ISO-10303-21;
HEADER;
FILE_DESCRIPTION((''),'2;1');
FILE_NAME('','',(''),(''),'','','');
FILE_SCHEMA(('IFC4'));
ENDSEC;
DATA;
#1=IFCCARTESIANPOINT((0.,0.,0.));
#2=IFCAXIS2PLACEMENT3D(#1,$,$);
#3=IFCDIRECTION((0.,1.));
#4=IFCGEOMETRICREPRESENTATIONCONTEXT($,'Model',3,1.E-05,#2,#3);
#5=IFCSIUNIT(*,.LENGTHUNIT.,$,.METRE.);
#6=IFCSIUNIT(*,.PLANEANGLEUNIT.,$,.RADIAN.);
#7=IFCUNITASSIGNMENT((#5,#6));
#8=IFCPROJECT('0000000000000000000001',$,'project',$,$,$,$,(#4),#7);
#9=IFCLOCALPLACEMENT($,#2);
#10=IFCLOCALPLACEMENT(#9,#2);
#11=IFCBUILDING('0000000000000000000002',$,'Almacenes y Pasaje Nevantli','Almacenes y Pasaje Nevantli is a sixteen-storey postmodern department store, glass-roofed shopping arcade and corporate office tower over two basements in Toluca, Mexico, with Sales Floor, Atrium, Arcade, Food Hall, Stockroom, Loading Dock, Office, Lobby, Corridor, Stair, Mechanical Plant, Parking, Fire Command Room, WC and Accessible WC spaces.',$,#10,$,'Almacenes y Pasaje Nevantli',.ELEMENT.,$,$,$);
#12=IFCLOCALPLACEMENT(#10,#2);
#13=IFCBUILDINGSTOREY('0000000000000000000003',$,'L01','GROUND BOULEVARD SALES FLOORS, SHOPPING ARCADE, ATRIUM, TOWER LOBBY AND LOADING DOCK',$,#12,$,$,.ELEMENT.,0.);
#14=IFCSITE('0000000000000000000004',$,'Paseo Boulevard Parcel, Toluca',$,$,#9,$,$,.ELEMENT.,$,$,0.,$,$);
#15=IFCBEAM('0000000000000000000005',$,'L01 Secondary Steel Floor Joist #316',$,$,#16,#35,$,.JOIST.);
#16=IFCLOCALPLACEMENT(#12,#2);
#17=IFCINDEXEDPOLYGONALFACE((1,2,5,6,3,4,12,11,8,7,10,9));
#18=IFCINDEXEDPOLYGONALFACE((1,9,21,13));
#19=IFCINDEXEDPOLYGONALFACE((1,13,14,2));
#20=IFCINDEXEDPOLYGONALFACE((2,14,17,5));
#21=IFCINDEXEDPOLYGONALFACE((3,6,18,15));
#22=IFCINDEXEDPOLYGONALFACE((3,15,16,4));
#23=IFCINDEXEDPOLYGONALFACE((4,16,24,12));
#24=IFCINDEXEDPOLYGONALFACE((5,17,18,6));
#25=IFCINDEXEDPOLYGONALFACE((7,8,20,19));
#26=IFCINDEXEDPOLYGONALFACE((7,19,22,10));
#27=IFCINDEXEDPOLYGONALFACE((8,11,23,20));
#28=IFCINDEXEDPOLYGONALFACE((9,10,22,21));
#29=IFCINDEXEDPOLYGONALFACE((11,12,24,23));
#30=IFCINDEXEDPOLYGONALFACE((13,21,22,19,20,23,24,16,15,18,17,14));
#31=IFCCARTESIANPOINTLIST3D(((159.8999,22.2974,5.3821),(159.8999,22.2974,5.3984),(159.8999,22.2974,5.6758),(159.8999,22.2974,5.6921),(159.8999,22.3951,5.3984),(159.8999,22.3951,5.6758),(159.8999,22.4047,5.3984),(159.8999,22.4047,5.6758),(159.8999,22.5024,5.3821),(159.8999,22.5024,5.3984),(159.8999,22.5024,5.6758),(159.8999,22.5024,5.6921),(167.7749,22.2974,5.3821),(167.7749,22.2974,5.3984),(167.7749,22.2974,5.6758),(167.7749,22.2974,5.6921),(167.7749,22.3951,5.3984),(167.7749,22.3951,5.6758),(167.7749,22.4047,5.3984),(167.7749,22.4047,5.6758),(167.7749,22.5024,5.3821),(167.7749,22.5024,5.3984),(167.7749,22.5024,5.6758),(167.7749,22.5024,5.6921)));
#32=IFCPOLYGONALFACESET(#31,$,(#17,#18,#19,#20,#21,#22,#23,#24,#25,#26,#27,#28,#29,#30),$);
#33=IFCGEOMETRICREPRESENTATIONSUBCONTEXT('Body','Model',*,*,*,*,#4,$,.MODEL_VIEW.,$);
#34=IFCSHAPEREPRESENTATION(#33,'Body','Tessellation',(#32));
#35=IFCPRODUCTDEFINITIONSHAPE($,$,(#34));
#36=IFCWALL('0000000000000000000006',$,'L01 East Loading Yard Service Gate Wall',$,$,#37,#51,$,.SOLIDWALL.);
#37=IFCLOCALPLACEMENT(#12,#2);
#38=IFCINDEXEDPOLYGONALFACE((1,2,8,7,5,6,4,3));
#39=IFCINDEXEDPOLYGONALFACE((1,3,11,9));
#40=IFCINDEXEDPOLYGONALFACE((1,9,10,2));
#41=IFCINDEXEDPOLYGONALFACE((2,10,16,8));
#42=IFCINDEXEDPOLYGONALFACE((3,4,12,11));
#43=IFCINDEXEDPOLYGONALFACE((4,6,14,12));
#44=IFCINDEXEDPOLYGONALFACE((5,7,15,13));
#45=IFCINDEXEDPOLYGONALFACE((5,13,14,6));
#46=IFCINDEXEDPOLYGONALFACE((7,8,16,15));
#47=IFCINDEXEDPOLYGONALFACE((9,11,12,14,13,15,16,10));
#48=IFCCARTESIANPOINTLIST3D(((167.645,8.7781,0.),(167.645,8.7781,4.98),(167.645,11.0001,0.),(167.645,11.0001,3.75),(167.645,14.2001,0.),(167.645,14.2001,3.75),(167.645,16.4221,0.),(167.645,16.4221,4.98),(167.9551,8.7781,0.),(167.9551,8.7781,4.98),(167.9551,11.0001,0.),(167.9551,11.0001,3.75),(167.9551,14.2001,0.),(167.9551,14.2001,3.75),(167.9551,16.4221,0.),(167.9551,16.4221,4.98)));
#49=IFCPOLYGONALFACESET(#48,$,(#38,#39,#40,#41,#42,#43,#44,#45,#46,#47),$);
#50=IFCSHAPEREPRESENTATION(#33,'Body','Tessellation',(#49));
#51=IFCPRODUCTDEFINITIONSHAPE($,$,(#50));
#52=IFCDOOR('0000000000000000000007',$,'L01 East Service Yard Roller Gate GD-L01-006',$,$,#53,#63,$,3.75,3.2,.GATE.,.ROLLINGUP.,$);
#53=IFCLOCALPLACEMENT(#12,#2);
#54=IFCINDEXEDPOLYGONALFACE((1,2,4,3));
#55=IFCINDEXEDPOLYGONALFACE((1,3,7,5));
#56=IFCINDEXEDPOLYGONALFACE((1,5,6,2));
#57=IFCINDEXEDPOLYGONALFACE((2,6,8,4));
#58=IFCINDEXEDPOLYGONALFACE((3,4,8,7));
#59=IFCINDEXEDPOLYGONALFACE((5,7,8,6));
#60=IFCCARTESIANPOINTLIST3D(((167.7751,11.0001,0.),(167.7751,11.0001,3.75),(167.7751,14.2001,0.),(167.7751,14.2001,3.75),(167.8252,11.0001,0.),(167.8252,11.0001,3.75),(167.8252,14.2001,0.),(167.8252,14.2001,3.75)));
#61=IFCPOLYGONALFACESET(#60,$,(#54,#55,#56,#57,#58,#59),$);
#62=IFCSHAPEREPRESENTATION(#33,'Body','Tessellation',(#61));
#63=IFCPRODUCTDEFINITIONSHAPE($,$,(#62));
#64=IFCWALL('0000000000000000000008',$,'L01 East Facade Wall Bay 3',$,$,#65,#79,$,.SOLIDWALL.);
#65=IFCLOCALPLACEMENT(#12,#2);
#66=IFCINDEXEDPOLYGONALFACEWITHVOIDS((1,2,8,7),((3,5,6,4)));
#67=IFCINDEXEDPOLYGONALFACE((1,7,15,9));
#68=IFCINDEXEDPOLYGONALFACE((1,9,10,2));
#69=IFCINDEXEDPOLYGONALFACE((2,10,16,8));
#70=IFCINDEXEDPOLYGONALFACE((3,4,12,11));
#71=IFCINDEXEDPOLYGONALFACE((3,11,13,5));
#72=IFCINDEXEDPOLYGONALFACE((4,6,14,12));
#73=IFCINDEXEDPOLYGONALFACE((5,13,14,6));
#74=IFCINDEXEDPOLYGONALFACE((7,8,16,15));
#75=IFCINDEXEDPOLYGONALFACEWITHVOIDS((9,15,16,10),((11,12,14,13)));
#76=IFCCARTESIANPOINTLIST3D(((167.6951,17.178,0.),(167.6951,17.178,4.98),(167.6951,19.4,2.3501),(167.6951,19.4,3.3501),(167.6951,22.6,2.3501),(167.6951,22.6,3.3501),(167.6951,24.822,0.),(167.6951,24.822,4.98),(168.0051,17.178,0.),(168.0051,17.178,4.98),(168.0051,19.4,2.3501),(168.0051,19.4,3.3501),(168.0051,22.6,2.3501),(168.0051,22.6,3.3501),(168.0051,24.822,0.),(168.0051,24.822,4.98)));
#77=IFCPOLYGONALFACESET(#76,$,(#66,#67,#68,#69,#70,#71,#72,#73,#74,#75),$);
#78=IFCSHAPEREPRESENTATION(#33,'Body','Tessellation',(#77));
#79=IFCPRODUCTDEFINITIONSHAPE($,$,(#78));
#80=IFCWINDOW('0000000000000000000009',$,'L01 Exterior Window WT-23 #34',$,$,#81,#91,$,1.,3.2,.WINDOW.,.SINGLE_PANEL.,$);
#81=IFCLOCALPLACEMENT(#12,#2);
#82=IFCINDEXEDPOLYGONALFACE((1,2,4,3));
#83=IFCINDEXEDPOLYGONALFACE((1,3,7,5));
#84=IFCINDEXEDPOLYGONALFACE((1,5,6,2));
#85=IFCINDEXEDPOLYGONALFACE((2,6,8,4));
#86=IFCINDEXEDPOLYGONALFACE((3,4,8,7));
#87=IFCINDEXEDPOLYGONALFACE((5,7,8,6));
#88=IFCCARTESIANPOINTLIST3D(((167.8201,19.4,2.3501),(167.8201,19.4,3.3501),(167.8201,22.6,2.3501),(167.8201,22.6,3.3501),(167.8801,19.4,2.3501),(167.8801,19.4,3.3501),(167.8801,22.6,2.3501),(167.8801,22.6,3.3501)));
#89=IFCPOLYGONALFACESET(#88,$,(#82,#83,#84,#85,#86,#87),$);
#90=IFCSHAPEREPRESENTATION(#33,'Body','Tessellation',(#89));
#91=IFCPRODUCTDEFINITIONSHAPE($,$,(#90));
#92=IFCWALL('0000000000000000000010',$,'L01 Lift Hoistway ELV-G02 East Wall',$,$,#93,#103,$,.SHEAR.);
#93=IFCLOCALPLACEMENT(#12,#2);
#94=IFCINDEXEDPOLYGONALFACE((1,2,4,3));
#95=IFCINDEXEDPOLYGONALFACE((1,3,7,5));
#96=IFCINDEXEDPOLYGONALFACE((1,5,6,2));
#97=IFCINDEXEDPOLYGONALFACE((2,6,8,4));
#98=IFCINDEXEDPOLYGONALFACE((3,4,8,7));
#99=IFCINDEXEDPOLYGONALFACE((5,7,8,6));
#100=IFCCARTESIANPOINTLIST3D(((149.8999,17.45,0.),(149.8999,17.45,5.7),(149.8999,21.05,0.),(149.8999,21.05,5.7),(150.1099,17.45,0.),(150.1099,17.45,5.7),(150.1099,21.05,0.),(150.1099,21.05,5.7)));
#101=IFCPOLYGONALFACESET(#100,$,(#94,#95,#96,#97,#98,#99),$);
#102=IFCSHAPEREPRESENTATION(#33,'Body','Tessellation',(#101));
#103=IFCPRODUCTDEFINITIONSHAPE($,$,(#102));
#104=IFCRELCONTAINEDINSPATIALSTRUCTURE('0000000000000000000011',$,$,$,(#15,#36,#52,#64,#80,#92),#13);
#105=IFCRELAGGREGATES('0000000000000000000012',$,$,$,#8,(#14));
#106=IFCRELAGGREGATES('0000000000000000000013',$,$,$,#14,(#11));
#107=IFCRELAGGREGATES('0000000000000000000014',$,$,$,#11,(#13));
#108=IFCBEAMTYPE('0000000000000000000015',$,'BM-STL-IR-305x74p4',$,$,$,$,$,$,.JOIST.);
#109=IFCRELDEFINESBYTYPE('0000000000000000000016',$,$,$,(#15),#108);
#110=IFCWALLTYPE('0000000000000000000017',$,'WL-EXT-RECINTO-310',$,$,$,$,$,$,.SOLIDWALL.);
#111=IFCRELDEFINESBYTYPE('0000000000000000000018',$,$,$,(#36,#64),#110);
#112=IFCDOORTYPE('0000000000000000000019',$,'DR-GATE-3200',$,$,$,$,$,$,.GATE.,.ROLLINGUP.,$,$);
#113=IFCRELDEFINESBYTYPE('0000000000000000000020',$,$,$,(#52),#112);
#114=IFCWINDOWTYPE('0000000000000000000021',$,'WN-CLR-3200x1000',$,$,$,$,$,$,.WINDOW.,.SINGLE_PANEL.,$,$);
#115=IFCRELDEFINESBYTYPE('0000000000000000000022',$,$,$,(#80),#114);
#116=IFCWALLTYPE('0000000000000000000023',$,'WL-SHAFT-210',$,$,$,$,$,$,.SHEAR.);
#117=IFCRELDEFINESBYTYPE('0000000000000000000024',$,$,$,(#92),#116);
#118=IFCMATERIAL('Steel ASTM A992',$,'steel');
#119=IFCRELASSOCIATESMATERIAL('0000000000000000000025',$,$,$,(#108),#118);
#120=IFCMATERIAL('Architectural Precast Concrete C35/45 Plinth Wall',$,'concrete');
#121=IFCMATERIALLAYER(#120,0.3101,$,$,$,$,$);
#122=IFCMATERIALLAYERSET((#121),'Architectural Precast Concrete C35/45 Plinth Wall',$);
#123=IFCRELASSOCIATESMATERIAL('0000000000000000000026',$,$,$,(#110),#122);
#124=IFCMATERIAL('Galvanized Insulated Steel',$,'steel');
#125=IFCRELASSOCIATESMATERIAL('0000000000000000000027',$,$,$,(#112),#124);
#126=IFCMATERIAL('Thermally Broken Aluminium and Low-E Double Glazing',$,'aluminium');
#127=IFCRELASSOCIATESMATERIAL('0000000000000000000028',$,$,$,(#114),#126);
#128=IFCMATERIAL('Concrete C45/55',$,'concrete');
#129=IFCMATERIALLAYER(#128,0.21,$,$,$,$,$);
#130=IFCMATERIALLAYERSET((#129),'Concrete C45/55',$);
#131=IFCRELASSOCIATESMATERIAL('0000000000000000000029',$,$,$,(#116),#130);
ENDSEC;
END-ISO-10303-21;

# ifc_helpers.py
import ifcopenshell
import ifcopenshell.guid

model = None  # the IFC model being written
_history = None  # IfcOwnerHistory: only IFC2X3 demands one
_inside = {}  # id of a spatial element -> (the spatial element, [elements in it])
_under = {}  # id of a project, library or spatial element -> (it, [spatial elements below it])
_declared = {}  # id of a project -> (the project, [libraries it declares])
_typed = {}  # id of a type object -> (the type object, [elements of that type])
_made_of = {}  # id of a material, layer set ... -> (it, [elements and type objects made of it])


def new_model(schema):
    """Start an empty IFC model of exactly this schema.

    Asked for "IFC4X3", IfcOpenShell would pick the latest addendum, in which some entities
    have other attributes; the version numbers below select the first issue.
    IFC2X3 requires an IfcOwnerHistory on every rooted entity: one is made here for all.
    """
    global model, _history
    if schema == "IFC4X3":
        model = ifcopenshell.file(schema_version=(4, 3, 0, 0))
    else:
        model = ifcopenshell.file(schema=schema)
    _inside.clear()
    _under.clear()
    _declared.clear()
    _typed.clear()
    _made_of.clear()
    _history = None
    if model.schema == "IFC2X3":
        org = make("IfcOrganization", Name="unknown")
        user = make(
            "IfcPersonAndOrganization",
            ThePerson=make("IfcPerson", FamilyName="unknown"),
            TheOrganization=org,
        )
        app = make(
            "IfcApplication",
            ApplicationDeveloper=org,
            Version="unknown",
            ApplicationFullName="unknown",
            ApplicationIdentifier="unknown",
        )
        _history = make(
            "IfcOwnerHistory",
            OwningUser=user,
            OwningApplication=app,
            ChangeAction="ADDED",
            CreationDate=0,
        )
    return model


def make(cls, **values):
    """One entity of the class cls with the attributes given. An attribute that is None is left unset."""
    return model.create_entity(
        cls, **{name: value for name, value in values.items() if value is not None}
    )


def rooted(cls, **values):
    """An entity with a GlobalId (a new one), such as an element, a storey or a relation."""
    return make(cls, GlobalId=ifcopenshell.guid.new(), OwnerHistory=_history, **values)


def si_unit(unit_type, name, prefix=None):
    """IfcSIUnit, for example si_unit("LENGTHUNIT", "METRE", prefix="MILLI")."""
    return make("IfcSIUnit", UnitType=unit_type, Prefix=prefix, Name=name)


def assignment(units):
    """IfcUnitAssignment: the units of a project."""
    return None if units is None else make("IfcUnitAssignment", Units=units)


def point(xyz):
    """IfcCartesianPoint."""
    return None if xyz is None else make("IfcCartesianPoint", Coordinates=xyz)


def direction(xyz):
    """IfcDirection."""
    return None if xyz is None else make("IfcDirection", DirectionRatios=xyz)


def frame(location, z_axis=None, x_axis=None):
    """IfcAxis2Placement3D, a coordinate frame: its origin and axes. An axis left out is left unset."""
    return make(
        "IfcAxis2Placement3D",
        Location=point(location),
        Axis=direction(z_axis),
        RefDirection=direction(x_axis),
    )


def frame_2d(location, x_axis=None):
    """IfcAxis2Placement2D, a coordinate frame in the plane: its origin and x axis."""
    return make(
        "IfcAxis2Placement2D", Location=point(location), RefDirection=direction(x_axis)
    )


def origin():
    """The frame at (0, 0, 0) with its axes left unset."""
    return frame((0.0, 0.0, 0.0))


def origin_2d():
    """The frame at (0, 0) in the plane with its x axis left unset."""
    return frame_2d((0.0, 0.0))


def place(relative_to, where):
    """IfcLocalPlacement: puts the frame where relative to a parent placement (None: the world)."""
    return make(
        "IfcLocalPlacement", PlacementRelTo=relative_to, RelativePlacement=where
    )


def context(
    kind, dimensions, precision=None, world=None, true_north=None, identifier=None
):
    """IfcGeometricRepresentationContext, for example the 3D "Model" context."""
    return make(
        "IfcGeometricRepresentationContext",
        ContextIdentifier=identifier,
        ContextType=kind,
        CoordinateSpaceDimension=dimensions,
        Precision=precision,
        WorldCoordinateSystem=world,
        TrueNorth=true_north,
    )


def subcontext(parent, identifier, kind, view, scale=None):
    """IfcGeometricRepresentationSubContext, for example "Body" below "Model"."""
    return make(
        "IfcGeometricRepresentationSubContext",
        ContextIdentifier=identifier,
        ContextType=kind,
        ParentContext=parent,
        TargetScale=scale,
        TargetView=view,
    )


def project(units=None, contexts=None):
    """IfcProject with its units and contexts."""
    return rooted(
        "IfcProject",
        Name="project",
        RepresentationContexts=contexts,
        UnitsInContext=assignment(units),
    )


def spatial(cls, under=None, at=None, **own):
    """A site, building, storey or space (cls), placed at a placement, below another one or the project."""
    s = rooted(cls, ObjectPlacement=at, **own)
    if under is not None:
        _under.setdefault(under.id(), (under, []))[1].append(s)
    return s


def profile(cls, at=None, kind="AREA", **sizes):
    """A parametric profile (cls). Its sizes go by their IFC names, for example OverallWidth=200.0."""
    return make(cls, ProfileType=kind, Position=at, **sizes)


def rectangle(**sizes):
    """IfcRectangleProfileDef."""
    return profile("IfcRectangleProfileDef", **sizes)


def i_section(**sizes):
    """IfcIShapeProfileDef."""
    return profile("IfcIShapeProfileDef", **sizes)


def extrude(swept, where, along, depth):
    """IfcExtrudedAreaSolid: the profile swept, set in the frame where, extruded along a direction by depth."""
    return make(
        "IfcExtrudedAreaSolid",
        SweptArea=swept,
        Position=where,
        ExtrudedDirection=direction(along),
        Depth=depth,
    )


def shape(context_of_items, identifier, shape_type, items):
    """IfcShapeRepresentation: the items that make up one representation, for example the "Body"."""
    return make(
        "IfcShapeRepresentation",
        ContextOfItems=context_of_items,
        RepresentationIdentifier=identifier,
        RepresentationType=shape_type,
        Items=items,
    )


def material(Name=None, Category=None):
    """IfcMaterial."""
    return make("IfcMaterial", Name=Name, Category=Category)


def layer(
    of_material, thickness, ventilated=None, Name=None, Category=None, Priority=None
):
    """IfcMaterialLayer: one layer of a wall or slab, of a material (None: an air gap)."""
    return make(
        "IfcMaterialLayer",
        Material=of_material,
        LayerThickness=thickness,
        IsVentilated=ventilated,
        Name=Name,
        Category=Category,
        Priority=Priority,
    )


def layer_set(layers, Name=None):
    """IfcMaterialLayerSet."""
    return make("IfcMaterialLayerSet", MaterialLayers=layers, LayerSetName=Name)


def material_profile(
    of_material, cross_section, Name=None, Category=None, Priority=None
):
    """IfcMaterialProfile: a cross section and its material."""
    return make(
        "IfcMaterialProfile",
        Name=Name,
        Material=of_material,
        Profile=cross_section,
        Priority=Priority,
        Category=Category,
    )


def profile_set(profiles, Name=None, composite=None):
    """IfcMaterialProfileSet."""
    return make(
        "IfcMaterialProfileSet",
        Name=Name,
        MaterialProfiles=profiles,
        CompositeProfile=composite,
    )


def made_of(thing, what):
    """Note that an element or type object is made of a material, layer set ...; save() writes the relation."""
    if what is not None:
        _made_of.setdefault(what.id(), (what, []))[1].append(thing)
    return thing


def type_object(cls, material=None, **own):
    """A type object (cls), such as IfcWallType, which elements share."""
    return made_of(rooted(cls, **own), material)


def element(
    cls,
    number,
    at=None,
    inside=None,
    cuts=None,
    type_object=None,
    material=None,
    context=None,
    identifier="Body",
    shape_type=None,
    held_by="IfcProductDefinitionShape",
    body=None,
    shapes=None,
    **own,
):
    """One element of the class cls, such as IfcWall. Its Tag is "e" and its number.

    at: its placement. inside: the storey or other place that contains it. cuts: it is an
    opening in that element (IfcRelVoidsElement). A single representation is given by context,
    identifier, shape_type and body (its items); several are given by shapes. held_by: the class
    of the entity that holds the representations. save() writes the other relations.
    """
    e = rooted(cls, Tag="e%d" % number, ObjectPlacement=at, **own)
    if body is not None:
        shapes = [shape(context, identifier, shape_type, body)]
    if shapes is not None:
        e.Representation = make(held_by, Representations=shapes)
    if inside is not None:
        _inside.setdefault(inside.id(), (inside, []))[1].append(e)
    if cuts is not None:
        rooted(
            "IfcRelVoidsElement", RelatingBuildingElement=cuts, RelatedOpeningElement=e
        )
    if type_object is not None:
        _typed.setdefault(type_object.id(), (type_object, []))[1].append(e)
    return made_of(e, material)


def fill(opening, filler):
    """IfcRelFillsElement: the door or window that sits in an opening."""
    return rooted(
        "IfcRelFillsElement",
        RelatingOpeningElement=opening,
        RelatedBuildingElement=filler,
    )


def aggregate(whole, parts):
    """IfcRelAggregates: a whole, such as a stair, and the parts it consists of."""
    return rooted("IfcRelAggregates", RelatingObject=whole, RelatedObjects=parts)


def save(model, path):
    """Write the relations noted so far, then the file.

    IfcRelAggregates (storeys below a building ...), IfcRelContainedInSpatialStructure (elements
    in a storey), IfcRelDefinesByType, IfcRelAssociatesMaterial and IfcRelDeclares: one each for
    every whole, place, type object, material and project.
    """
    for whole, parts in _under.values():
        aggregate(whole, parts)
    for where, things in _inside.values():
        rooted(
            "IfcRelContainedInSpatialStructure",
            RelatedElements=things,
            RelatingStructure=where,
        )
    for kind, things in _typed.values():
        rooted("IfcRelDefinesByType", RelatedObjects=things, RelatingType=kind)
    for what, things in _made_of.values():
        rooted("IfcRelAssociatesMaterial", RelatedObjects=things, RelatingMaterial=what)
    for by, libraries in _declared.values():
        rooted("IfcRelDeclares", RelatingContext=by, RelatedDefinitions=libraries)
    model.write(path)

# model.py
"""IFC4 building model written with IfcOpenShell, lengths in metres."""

from ifc_helpers import new_model, si_unit, direction, frame, frame_2d, origin, origin_2d, place, context, subcontext, project, spatial, rectangle, i_section, extrude, material, layer, layer_set, material_profile, profile_set, type_object, element, fill, save


model = new_model("IFC4")

# Units and contexts
model_context = context("Model", 3, precision=1e-05, world=origin(), true_north=direction((0.0, 1.0)))
body_context = subcontext(model_context, "Body", "Model", "MODEL_VIEW")
ifc_project = project(units=[si_unit("LENGTHUNIT", "METRE"), si_unit("PLANEANGLEUNIT", "RADIAN")], contexts=[model_context])

# Site, building, storey
site_placement = place(None, origin())
site = spatial("IfcSite", under=ifc_project, at=site_placement, Name="Paseo Boulevard Parcel, Toluca", CompositionType="ELEMENT", RefElevation=0.0)
building_placement = place(site_placement, origin())
building = spatial("IfcBuilding", under=site, at=building_placement, Name="Almacenes y Pasaje Nevantli", Description="Almacenes y Pasaje Nevantli is a sixteen-storey postmodern department store, glass-roofed shopping arcade and corporate office tower over two basements in Toluca, Mexico, with Sales Floor, Atrium, Arcade, Food Hall, Stockroom, Loading Dock, Office, Lobby, Corridor, Stair, Mechanical Plant, Parking, Fire Command Room, WC and Accessible WC spaces.", LongName="Almacenes y Pasaje Nevantli", CompositionType="ELEMENT")
storey_placement = place(building_placement, origin())
storey = spatial("IfcBuildingStorey", under=building, at=storey_placement, Name="L01", Description="GROUND BOULEVARD SALES FLOORS, SHOPPING ARCADE, ATRIUM, TOWER LOBBY AND LOADING DOCK", CompositionType="ELEMENT", Elevation=0.0)

# Beam
ifc_material_1 = material(Name="Steel ASTM A992", Category="steel")
ifc_material_profile_1 = material_profile(ifc_material_1, i_section(OverallWidth=0.2051, OverallDepth=0.3101, WebThickness=0.0095, FlangeThickness=0.0164, at=origin_2d()), Name="IR 305x74.4")
ifc_profile_set_1 = profile_set([ifc_material_profile_1], Name="Steel ASTM A992")
beam_type_1 = type_object("IfcBeamType", Name="BM-STL-IR-305x74p4", PredefinedType="JOIST", material=ifc_profile_set_1)
for number, where, z_axis, x_axis, name in (
    (1, (159.8999, 22.3999, 5.5371), (1.0, 0.0, 0.0), (0.0, 1.0, 0.0), "L01 Secondary Steel Floor Joist #316"),
):
    element("IfcBeam", number, at=place(storey_placement, frame(where, z_axis=z_axis, x_axis=x_axis)), inside=storey, type_object=beam_type_1, Name=name, PredefinedType="JOIST", context=body_context, shape_type="SweptSolid", body=[
        extrude(i_section(OverallWidth=0.2051, OverallDepth=0.3101, WebThickness=0.0095, FlangeThickness=0.0164, at=origin_2d()), origin(), (0.0, 0.0, 1.0), 7.875),
    ])

# Wall, opening, door
ifc_material_2 = material(Name="Architectural Precast Concrete C35/45 Plinth Wall", Category="concrete")
ifc_layer_1 = layer(ifc_material_2, 0.3101)
ifc_layer_set_1 = layer_set([ifc_layer_1], Name="Architectural Precast Concrete C35/45 Plinth Wall")
wall_type_1 = type_object("IfcWallType", Name="WL-EXT-RECINTO-310", PredefinedType="SOLIDWALL", material=ifc_layer_set_1)
wall_1_placement = place(storey_placement, frame((167.8, 8.7781, 0.0), z_axis=(0.0, 0.0, 1.0), x_axis=(0.0, 1.0, 0.0)))
wall_1 = element("IfcWall", 2, at=wall_1_placement, inside=storey, type_object=wall_type_1, Name="L01 East Loading Yard Service Gate Wall", PredefinedType="SOLIDWALL", context=body_context, shape_type="SweptSolid", body=[
    extrude(rectangle(XDim=7.644, YDim=0.3101, at=frame_2d((3.822, 0.0))), origin(), (0.0, 0.0, 1.0), 4.98),
])
opening_1_placement = place(wall_1_placement, frame((2.2219, 0.0, 0.0)))
opening_1 = element("IfcOpeningElement", 3, at=opening_1_placement, cuts=wall_1, PredefinedType="OPENING", context=body_context, shape_type="SweptSolid", body=[
    extrude(rectangle(XDim=3.2, YDim=3.75, at=frame_2d((1.6001, 1.875))), frame((0.0, 0.165, 0.0), z_axis=(0.0, -1.0, 0.0), x_axis=(1.0, 0.0, 0.0)), (0.0, 0.0, 1.0), 0.3301),
])
ifc_material_3 = material(Name="Galvanized Insulated Steel", Category="steel")
door_type = type_object("IfcDoorType", Name="DR-GATE-3200", OperationType="ROLLINGUP", PredefinedType="GATE", material=ifc_material_3)
door_placement = place(opening_1_placement, origin())
door = element("IfcDoor", 4, at=door_placement, inside=storey, type_object=door_type, Name="L01 East Service Yard Roller Gate GD-L01-006", OperationType="ROLLINGUP", OverallHeight=3.75, OverallWidth=3.2, PredefinedType="GATE", context=body_context, shape_type="SweptSolid", body=[
    extrude(rectangle(XDim=3.2, YDim=3.75, at=frame_2d((1.6001, 1.875))), frame((0.0, 0.0249, 0.0), z_axis=(0.0, -1.0, 0.0), x_axis=(1.0, 0.0, 0.0)), (0.0, 0.0, 1.0), 0.05),
])
fill(opening_1, door)

# Wall, opening, window
wall_2_placement = place(storey_placement, frame((167.8501, 17.178, 0.0), z_axis=(0.0, 0.0, 1.0), x_axis=(0.0, 1.0, 0.0)))
wall_2 = element("IfcWall", 5, at=wall_2_placement, inside=storey, type_object=wall_type_1, Name="L01 East Facade Wall Bay 3", PredefinedType="SOLIDWALL", context=body_context, shape_type="SweptSolid", body=[
    extrude(rectangle(XDim=7.644, YDim=0.3101, at=frame_2d((3.822, 0.0))), origin(), (0.0, 0.0, 1.0), 4.98),
])
opening_2_placement = place(wall_2_placement, frame((2.2219, 0.0, 2.3501)))
opening_2 = element("IfcOpeningElement", 6, at=opening_2_placement, cuts=wall_2, PredefinedType="OPENING", context=body_context, shape_type="SweptSolid", body=[
    extrude(rectangle(XDim=3.2, YDim=1.0, at=frame_2d((1.6001, 0.5))), frame((0.0, 0.165, 0.0), z_axis=(0.0, -1.0, 0.0), x_axis=(1.0, 0.0, 0.0)), (0.0, 0.0, 1.0), 0.3301),
])
ifc_material_4 = material(Name="Thermally Broken Aluminium and Low-E Double Glazing", Category="aluminium")
window_type = type_object("IfcWindowType", Name="WN-CLR-3200x1000", PartitioningType="SINGLE_PANEL", PredefinedType="WINDOW", material=ifc_material_4)
window_placement = place(opening_2_placement, origin())
window = element("IfcWindow", 7, at=window_placement, inside=storey, type_object=window_type, Name="L01 Exterior Window WT-23 #34", OverallHeight=1.0, OverallWidth=3.2, PartitioningType="SINGLE_PANEL", PredefinedType="WINDOW", context=body_context, shape_type="SweptSolid", body=[
    extrude(rectangle(XDim=3.2, YDim=1.0, at=frame_2d((1.6001, 0.5))), frame((0.0, 0.03, 0.0), z_axis=(0.0, -1.0, 0.0), x_axis=(1.0, 0.0, 0.0)), (0.0, 0.0, 1.0), 0.0601),
])
fill(opening_2, window)

# Wall
ifc_material_5 = material(Name="Concrete C45/55", Category="concrete")
ifc_layer_2 = layer(ifc_material_5, 0.21)
ifc_layer_set_2 = layer_set([ifc_layer_2], Name="Concrete C45/55")
wall_type_2 = type_object("IfcWallType", Name="WL-SHAFT-210", PredefinedType="SHEAR", material=ifc_layer_set_2)
wall_3_placement = place(storey_placement, frame((150.0049, 17.45, 0.0), z_axis=(0.0, 0.0, 1.0), x_axis=(0.0, 1.0, 0.0)))
element("IfcWall", 8, at=wall_3_placement, inside=storey, type_object=wall_type_2, Name="L01 Lift Hoistway ELV-G02 East Wall", PredefinedType="SHEAR", context=body_context, shape_type="SweptSolid", body=[
    extrude(rectangle(XDim=3.6001, YDim=0.21, at=frame_2d((1.8, 0.0))), origin(), (0.0, 0.0, 1.0), 5.7),
])

save(model, "model.ifc")
